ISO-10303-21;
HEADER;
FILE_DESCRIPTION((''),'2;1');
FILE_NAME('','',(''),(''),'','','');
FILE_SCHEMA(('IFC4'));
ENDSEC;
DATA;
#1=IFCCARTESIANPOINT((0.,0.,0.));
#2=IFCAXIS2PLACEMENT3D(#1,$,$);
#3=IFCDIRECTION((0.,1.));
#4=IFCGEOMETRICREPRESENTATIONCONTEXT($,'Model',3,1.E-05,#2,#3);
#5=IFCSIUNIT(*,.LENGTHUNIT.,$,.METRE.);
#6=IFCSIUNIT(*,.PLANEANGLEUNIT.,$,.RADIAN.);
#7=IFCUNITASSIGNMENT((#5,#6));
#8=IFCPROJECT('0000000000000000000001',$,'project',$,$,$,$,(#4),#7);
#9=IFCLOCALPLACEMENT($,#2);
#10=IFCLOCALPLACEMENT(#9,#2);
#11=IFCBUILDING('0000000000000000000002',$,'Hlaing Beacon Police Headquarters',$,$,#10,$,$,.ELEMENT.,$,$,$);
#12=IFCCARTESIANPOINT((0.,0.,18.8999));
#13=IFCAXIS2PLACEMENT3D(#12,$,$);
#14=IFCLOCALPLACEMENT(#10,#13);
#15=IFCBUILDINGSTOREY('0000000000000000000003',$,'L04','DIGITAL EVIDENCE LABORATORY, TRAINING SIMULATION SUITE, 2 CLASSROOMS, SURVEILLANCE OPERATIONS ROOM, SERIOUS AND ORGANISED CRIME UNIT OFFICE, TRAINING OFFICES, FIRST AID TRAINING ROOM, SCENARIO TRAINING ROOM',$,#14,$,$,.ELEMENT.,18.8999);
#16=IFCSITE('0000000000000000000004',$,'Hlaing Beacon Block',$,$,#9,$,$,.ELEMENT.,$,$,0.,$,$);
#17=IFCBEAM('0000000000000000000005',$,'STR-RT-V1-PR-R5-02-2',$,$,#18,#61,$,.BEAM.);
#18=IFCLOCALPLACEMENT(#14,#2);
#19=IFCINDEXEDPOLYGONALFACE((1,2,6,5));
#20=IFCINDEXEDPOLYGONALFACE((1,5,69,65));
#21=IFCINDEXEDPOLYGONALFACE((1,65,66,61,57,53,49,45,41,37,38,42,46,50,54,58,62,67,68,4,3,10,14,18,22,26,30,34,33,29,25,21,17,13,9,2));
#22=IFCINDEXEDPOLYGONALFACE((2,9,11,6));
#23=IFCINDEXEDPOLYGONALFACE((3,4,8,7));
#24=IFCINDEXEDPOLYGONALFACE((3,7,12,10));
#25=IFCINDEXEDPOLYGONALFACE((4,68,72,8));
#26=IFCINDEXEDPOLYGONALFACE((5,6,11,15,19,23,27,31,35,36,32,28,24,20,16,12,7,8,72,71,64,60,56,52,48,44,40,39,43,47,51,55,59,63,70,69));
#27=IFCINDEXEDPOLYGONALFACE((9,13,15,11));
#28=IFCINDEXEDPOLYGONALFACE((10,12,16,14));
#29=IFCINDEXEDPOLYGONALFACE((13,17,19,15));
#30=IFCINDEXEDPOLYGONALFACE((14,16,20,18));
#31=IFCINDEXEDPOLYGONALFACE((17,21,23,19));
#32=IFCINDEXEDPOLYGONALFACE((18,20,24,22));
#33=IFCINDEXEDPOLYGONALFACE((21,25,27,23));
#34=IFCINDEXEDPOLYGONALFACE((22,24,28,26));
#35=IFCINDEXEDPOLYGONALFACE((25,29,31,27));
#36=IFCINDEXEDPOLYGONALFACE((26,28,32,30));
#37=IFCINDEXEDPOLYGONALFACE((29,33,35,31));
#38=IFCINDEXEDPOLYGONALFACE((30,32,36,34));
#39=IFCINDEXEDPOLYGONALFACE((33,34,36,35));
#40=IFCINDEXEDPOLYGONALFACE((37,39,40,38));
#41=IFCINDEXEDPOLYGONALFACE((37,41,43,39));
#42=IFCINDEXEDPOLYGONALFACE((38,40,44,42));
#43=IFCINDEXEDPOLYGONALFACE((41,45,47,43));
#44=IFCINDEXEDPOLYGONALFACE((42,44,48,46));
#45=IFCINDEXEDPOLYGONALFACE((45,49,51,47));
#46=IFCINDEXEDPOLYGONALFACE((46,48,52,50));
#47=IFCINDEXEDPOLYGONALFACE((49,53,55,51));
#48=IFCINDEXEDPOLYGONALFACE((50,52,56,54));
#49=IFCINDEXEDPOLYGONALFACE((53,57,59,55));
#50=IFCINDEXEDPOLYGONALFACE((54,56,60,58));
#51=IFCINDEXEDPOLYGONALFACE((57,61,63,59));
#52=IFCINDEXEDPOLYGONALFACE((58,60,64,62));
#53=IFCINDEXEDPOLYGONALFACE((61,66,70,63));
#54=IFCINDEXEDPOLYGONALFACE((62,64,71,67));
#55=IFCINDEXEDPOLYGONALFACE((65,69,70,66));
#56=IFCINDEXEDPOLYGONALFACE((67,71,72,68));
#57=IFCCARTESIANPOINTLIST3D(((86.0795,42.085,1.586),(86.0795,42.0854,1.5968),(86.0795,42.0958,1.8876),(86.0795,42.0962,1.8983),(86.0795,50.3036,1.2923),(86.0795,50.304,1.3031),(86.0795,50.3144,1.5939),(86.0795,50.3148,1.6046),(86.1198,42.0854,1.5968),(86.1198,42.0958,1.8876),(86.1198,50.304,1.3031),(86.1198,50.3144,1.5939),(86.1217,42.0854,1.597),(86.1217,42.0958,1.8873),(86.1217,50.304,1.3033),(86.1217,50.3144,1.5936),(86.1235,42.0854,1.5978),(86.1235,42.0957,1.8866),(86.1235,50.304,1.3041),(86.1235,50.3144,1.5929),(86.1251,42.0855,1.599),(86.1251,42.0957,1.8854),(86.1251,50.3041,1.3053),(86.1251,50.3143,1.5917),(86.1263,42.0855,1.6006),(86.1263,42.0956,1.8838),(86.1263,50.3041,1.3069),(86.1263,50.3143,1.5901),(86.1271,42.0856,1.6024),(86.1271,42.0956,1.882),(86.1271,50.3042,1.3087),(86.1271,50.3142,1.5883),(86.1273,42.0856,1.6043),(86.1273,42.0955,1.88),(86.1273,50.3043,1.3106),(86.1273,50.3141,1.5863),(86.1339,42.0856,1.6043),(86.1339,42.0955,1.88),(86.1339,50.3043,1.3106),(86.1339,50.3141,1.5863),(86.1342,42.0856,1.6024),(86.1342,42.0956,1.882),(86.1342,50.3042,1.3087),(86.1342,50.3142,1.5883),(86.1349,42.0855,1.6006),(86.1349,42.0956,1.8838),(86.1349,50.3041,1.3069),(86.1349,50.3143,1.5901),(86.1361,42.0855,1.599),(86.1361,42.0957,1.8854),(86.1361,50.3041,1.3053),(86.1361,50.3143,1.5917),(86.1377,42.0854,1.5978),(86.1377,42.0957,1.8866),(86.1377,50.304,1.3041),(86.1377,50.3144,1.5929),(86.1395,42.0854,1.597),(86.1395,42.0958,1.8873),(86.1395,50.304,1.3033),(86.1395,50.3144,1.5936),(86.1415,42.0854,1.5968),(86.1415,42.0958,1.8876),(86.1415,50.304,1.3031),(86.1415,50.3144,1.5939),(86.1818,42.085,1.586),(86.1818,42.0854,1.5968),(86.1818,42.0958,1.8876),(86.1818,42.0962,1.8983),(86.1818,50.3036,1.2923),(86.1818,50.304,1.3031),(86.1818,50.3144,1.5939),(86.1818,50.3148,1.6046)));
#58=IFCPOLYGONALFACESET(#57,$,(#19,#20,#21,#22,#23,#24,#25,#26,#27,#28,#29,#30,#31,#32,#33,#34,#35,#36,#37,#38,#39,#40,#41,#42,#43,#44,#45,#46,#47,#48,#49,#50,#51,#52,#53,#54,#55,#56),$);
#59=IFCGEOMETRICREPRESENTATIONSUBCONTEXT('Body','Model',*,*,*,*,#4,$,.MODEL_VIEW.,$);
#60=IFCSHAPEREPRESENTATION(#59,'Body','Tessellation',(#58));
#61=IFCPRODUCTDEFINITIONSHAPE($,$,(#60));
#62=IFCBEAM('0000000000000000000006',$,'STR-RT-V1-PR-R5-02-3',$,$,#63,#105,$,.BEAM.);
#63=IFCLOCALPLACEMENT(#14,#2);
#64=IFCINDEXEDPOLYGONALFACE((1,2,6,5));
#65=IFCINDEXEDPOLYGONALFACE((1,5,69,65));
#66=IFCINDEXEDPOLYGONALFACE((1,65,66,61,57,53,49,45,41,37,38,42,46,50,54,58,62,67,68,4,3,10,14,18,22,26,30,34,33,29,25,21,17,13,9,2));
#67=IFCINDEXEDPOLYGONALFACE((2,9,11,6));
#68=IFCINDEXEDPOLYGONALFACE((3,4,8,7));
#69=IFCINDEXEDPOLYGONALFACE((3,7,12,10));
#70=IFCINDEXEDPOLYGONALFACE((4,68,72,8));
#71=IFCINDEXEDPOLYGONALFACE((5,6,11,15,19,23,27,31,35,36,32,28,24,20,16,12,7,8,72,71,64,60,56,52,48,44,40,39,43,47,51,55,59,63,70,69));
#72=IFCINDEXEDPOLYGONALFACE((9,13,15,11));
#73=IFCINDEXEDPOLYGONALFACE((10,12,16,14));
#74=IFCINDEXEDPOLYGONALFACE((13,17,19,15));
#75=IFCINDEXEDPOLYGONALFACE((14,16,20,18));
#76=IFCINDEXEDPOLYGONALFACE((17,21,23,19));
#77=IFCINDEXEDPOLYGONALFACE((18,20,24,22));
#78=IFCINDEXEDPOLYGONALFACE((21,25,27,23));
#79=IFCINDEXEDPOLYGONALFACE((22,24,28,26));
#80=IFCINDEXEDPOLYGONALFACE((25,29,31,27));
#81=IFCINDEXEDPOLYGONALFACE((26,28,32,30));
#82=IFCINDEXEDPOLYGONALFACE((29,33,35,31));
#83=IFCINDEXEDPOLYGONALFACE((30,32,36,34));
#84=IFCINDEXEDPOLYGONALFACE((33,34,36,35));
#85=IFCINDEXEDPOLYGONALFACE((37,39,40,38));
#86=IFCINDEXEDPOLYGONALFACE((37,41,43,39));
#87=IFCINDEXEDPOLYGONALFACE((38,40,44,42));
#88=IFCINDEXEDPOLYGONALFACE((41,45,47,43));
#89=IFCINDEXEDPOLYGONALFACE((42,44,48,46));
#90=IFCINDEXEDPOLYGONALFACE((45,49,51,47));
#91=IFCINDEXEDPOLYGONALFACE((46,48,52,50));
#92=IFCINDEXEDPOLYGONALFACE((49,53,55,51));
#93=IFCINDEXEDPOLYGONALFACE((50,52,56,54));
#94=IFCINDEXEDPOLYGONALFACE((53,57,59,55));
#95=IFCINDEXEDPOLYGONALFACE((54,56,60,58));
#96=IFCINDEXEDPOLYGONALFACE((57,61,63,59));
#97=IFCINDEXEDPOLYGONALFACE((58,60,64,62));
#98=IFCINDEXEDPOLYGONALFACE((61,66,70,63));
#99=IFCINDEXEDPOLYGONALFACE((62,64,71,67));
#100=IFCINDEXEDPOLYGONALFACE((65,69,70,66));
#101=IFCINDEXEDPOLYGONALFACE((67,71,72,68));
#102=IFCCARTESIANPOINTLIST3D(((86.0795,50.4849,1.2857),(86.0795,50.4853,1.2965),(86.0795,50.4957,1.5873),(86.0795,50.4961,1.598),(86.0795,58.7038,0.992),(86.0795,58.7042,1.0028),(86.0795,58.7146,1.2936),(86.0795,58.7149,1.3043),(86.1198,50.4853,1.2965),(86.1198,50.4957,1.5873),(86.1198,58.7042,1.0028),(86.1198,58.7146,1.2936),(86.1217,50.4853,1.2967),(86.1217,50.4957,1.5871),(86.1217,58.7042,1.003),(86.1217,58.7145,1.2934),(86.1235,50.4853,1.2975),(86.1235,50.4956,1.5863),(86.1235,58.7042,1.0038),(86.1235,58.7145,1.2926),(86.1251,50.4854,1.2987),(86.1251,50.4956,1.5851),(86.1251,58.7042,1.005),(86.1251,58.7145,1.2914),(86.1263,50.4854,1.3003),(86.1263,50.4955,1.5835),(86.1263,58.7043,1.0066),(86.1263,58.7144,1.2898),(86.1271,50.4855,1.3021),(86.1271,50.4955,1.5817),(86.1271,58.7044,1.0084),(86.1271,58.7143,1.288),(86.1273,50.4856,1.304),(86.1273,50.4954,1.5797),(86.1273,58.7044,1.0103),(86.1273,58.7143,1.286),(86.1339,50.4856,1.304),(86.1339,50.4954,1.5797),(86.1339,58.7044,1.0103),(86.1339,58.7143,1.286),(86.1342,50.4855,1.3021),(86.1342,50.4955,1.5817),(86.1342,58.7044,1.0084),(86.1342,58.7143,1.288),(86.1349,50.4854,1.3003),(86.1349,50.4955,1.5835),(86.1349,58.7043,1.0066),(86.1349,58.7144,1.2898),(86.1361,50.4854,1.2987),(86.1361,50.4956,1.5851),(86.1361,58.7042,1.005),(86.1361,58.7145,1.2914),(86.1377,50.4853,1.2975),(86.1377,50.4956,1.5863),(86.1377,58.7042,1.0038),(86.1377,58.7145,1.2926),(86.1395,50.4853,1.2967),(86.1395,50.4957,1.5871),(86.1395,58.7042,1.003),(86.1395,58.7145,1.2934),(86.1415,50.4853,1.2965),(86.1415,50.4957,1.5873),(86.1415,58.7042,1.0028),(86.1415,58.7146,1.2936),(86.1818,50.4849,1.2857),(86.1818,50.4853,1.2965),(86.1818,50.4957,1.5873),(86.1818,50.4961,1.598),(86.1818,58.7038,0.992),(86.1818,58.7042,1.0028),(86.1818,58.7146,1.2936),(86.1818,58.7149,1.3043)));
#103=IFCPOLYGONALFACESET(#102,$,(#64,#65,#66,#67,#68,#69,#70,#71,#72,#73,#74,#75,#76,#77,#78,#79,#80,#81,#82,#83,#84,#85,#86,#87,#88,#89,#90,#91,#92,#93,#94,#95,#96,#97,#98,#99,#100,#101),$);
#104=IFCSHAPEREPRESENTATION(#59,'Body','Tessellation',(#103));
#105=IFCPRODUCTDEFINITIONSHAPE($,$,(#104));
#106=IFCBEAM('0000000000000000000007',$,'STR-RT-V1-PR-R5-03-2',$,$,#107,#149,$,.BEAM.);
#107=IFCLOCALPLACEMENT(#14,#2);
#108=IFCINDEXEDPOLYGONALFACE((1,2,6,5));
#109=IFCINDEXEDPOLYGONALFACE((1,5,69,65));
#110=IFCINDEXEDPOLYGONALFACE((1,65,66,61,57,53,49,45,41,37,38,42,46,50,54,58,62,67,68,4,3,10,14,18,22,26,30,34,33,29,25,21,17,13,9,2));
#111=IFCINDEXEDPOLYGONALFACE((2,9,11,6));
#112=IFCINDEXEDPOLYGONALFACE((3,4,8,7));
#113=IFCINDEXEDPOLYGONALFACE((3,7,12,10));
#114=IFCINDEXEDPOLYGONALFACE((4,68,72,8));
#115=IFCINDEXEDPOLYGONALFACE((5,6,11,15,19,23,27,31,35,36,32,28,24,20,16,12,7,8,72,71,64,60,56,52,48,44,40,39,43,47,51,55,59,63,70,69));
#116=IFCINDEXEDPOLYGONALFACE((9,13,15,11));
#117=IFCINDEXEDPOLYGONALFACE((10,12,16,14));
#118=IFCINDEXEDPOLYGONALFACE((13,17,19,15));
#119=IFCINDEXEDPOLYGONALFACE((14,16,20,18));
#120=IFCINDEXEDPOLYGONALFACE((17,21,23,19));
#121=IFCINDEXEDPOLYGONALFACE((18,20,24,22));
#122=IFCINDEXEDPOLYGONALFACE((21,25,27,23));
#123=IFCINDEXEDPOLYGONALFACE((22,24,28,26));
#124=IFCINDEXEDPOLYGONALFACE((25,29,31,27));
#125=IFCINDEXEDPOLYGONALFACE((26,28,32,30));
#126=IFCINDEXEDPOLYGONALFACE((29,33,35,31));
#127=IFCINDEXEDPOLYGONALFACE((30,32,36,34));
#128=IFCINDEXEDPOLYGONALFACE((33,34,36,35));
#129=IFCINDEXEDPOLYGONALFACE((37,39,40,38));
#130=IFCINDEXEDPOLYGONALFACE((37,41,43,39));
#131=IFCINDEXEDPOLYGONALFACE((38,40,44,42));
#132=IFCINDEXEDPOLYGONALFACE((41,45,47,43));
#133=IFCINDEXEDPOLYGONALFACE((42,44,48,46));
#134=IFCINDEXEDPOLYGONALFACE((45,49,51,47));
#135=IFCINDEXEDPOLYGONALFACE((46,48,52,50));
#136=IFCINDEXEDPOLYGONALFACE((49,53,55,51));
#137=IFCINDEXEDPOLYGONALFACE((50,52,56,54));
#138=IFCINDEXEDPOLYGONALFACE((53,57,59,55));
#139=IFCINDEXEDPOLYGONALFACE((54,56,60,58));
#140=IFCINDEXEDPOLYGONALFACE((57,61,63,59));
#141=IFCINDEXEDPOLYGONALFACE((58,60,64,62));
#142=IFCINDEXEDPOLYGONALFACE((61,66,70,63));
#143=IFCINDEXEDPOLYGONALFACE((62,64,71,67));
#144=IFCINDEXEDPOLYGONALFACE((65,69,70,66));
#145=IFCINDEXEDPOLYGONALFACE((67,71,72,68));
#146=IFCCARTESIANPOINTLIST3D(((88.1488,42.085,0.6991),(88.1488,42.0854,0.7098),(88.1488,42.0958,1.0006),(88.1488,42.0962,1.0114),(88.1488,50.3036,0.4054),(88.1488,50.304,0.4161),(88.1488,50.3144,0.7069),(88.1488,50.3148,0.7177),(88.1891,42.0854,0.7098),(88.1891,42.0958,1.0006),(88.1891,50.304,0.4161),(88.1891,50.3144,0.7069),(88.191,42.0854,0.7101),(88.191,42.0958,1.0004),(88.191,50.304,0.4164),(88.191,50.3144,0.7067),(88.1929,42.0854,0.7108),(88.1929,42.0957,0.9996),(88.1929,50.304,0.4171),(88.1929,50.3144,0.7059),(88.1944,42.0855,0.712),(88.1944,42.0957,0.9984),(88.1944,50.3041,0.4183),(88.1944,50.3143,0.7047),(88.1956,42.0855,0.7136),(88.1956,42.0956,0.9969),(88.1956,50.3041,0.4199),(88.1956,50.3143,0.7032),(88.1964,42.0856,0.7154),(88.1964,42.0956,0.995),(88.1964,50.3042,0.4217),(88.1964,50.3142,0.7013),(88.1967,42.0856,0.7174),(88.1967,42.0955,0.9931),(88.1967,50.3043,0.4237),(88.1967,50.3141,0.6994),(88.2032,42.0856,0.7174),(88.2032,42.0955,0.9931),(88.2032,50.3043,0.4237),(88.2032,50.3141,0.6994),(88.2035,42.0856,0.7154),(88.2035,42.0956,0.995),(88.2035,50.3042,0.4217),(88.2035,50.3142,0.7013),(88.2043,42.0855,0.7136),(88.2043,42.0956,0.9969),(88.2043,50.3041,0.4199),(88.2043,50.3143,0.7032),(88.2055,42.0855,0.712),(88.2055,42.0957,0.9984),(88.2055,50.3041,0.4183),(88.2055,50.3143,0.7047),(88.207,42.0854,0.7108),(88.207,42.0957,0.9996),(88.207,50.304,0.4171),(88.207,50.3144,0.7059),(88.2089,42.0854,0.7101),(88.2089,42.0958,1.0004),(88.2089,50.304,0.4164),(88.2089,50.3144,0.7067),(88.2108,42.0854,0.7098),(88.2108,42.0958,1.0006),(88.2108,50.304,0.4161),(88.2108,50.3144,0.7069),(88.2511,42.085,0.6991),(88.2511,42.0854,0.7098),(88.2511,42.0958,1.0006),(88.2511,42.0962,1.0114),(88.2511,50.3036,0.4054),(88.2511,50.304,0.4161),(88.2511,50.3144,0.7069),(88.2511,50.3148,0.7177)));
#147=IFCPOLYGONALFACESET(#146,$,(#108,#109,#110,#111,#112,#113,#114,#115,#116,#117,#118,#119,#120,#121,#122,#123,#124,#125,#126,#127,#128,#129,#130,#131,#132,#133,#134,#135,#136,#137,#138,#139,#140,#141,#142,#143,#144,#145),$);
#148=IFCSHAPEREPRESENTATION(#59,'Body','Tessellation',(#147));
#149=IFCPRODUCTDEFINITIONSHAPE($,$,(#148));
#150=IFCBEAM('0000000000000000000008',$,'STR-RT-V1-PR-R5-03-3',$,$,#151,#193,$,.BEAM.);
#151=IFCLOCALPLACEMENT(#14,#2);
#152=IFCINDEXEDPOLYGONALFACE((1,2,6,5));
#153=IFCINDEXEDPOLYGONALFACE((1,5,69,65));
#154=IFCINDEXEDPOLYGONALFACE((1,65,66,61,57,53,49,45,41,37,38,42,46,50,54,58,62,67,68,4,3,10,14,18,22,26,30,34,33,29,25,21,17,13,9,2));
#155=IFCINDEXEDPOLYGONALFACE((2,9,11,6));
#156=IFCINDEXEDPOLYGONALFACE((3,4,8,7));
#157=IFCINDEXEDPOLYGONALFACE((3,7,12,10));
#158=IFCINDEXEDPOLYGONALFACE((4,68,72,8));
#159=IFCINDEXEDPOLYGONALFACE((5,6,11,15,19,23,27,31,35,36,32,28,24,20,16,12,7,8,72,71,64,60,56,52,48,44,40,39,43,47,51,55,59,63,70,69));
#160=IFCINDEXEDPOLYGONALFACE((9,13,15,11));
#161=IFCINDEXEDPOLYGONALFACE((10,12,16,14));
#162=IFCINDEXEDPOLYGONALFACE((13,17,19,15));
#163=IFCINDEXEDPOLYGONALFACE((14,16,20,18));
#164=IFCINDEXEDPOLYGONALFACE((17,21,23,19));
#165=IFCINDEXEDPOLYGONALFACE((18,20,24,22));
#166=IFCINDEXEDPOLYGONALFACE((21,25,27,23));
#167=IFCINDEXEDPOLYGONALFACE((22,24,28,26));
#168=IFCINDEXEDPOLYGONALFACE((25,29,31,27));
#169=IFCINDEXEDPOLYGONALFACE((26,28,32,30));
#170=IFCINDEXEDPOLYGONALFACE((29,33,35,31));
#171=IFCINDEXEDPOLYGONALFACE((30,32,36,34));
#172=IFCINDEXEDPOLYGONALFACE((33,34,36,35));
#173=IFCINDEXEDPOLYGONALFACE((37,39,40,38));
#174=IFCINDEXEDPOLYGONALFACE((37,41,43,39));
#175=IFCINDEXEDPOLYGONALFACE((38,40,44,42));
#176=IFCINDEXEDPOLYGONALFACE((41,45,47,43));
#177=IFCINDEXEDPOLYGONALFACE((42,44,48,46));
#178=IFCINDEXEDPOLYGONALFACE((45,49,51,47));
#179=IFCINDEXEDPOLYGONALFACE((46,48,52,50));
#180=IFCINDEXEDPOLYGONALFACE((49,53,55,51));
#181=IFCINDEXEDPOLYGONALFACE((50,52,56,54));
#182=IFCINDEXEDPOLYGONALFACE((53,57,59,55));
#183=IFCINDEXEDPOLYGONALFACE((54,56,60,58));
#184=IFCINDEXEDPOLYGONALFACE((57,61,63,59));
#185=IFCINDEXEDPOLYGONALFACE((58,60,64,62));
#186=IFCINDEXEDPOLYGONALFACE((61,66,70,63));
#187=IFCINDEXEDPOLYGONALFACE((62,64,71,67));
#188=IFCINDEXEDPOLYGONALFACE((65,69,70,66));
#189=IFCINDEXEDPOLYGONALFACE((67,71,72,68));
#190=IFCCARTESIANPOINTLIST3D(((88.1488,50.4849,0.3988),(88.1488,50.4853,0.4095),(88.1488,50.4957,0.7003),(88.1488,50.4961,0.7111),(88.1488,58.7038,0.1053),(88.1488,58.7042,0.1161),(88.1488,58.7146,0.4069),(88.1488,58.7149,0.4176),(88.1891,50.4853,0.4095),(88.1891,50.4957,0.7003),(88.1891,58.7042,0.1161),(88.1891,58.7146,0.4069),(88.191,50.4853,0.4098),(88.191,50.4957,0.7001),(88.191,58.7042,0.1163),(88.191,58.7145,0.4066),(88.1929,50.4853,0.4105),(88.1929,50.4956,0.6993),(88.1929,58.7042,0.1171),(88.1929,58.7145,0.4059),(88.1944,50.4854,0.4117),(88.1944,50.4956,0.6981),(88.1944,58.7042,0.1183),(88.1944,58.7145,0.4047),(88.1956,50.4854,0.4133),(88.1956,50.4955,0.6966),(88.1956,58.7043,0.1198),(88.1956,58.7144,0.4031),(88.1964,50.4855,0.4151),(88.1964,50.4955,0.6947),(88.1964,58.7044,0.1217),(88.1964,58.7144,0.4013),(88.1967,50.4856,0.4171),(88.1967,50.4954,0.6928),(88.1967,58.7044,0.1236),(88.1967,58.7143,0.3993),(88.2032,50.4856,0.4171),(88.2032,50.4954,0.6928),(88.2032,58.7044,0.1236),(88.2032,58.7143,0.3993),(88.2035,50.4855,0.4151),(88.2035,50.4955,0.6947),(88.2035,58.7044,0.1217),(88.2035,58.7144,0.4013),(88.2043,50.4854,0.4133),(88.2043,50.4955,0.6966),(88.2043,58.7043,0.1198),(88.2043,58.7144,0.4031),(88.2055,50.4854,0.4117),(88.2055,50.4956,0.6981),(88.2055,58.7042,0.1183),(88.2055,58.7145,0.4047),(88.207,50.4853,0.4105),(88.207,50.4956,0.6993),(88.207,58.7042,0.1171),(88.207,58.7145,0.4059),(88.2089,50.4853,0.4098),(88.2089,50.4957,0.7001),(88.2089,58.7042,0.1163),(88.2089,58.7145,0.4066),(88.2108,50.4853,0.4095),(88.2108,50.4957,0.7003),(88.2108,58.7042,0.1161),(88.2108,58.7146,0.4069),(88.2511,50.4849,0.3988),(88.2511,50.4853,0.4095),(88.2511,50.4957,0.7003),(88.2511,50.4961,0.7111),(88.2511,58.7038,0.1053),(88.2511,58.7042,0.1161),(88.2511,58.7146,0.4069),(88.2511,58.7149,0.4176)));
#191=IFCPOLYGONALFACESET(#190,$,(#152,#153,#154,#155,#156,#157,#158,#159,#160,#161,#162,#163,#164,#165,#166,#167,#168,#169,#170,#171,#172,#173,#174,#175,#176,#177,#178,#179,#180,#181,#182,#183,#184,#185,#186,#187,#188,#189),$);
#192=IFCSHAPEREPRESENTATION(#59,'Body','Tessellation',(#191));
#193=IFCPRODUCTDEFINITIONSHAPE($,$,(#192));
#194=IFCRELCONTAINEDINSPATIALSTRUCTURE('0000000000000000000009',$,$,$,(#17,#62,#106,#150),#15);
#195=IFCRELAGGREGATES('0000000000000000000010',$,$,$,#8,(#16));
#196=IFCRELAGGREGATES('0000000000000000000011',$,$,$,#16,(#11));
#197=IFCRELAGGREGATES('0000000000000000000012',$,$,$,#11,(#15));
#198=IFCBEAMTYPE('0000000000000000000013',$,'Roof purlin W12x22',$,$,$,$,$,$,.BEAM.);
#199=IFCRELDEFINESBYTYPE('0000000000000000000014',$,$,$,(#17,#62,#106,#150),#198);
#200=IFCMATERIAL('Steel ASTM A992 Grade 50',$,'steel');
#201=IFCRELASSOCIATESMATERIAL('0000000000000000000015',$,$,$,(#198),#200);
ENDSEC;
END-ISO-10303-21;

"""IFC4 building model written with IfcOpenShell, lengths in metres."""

from ifc_helpers import new_model, si_unit, direction, frame, origin, origin_2d, place, context, subcontext, project, spatial, i_section, extrude, material, material_profile, profile_set, type_object, element, save


model = new_model("IFC4")

# Units and contexts
model_context = context("Model", 3, precision=1e-05, world=origin(), true_north=direction((0.0, 1.0)))
body_context = subcontext(model_context, "Body", "Model", "MODEL_VIEW")
ifc_project = project(units=[si_unit("LENGTHUNIT", "METRE"), si_unit("PLANEANGLEUNIT", "RADIAN")], contexts=[model_context])

# Site, building, storey
site_placement = place(None, origin())
site = spatial("IfcSite", under=ifc_project, at=site_placement, Name="Hlaing Beacon Block", CompositionType="ELEMENT", RefElevation=0.0)
building_placement = place(site_placement, origin())
building = spatial("IfcBuilding", under=site, at=building_placement, Name="Hlaing Beacon Police Headquarters", CompositionType="ELEMENT")
storey_placement = place(building_placement, frame((0.0, 0.0, 18.8999)))
storey = spatial("IfcBuildingStorey", under=building, at=storey_placement, Name="L04", Description="DIGITAL EVIDENCE LABORATORY, TRAINING SIMULATION SUITE, 2 CLASSROOMS, SURVEILLANCE OPERATIONS ROOM, SERIOUS AND ORGANISED CRIME UNIT OFFICE, TRAINING OFFICES, FIRST AID TRAINING ROOM, SCENARIO TRAINING ROOM", CompositionType="ELEMENT", Elevation=18.8999)

# Beams
ifc_material_1 = material(Name="Steel ASTM A992 Grade 50", Category="steel")
ifc_material_profile_1 = material_profile(ifc_material_1, i_section(OverallWidth=0.1023, OverallDepth=0.3125, WebThickness=0.0066, FlangeThickness=0.0107, FilletRadius=0.0076, at=origin_2d()), Name="W12x22")
ifc_profile_set_1 = profile_set([ifc_material_profile_1], Name="Steel ASTM A992 Grade 50")
beam_type_1 = type_object("IfcBeamType", Name="Roof purlin W12x22", PredefinedType="BEAM", material=ifc_profile_set_1)
beam_1_placement = place(storey_placement, frame((86.1306, 42.0906, 1.7422), z_axis=(0.0, 0.999362, -0.035713), x_axis=(-1.0, 0.0, 0.0)))
element("IfcBeam", 1, at=beam_1_placement, inside=storey, type_object=beam_type_1, Name="STR-RT-V1-PR-R5-02-2", PredefinedType="BEAM", context=body_context, shape_type="SweptSolid", body=[
    extrude(i_section(OverallWidth=0.1023, OverallDepth=0.3125, WebThickness=0.0066, FlangeThickness=0.0107, FilletRadius=0.0076, at=origin_2d()), origin(), (0.0, 0.0, 1.0), 8.2239),
])
beam_2_placement = place(storey_placement, frame((86.1306, 50.4905, 1.4419), z_axis=(0.0, 0.999362, -0.035712), x_axis=(-1.0, 0.0, 0.0)))
element("IfcBeam", 2, at=beam_2_placement, inside=storey, type_object=beam_type_1, Name="STR-RT-V1-PR-R5-02-3", PredefinedType="BEAM", context=body_context, shape_type="SweptSolid", body=[
    extrude(i_section(OverallWidth=0.1023, OverallDepth=0.3125, WebThickness=0.0066, FlangeThickness=0.0107, FilletRadius=0.0076, at=origin_2d()), origin(), (0.0, 0.0, 1.0), 8.2241),
])
beam_3_placement = place(storey_placement, frame((88.2, 42.0906, 0.8552), z_axis=(0.0, 0.999362, -0.035713), x_axis=(-1.0, 0.0, 0.0)))
element("IfcBeam", 3, at=beam_3_placement, inside=storey, type_object=beam_type_1, Name="STR-RT-V1-PR-R5-03-2", PredefinedType="BEAM", context=body_context, shape_type="SweptSolid", body=[
    extrude(i_section(OverallWidth=0.1023, OverallDepth=0.3125, WebThickness=0.0066, FlangeThickness=0.0107, FilletRadius=0.0076, at=origin_2d()), origin(), (0.0, 0.0, 1.0), 8.2239),
])
beam_4_placement = place(storey_placement, frame((88.2, 50.4905, 0.5549), z_axis=(0.0, 0.999363, -0.035682), x_axis=(-1.0, 0.0, 0.0)))
element("IfcBeam", 4, at=beam_4_placement, inside=storey, type_object=beam_type_1, Name="STR-RT-V1-PR-R5-03-3", PredefinedType="BEAM", context=body_context, shape_type="SweptSolid", body=[
    extrude(i_section(OverallWidth=0.1023, OverallDepth=0.3125, WebThickness=0.0066, FlangeThickness=0.0107, FilletRadius=0.0076, at=origin_2d()), origin(), (0.0, 0.0, 1.0), 8.2241),
])

save(model, "model.ifc")
